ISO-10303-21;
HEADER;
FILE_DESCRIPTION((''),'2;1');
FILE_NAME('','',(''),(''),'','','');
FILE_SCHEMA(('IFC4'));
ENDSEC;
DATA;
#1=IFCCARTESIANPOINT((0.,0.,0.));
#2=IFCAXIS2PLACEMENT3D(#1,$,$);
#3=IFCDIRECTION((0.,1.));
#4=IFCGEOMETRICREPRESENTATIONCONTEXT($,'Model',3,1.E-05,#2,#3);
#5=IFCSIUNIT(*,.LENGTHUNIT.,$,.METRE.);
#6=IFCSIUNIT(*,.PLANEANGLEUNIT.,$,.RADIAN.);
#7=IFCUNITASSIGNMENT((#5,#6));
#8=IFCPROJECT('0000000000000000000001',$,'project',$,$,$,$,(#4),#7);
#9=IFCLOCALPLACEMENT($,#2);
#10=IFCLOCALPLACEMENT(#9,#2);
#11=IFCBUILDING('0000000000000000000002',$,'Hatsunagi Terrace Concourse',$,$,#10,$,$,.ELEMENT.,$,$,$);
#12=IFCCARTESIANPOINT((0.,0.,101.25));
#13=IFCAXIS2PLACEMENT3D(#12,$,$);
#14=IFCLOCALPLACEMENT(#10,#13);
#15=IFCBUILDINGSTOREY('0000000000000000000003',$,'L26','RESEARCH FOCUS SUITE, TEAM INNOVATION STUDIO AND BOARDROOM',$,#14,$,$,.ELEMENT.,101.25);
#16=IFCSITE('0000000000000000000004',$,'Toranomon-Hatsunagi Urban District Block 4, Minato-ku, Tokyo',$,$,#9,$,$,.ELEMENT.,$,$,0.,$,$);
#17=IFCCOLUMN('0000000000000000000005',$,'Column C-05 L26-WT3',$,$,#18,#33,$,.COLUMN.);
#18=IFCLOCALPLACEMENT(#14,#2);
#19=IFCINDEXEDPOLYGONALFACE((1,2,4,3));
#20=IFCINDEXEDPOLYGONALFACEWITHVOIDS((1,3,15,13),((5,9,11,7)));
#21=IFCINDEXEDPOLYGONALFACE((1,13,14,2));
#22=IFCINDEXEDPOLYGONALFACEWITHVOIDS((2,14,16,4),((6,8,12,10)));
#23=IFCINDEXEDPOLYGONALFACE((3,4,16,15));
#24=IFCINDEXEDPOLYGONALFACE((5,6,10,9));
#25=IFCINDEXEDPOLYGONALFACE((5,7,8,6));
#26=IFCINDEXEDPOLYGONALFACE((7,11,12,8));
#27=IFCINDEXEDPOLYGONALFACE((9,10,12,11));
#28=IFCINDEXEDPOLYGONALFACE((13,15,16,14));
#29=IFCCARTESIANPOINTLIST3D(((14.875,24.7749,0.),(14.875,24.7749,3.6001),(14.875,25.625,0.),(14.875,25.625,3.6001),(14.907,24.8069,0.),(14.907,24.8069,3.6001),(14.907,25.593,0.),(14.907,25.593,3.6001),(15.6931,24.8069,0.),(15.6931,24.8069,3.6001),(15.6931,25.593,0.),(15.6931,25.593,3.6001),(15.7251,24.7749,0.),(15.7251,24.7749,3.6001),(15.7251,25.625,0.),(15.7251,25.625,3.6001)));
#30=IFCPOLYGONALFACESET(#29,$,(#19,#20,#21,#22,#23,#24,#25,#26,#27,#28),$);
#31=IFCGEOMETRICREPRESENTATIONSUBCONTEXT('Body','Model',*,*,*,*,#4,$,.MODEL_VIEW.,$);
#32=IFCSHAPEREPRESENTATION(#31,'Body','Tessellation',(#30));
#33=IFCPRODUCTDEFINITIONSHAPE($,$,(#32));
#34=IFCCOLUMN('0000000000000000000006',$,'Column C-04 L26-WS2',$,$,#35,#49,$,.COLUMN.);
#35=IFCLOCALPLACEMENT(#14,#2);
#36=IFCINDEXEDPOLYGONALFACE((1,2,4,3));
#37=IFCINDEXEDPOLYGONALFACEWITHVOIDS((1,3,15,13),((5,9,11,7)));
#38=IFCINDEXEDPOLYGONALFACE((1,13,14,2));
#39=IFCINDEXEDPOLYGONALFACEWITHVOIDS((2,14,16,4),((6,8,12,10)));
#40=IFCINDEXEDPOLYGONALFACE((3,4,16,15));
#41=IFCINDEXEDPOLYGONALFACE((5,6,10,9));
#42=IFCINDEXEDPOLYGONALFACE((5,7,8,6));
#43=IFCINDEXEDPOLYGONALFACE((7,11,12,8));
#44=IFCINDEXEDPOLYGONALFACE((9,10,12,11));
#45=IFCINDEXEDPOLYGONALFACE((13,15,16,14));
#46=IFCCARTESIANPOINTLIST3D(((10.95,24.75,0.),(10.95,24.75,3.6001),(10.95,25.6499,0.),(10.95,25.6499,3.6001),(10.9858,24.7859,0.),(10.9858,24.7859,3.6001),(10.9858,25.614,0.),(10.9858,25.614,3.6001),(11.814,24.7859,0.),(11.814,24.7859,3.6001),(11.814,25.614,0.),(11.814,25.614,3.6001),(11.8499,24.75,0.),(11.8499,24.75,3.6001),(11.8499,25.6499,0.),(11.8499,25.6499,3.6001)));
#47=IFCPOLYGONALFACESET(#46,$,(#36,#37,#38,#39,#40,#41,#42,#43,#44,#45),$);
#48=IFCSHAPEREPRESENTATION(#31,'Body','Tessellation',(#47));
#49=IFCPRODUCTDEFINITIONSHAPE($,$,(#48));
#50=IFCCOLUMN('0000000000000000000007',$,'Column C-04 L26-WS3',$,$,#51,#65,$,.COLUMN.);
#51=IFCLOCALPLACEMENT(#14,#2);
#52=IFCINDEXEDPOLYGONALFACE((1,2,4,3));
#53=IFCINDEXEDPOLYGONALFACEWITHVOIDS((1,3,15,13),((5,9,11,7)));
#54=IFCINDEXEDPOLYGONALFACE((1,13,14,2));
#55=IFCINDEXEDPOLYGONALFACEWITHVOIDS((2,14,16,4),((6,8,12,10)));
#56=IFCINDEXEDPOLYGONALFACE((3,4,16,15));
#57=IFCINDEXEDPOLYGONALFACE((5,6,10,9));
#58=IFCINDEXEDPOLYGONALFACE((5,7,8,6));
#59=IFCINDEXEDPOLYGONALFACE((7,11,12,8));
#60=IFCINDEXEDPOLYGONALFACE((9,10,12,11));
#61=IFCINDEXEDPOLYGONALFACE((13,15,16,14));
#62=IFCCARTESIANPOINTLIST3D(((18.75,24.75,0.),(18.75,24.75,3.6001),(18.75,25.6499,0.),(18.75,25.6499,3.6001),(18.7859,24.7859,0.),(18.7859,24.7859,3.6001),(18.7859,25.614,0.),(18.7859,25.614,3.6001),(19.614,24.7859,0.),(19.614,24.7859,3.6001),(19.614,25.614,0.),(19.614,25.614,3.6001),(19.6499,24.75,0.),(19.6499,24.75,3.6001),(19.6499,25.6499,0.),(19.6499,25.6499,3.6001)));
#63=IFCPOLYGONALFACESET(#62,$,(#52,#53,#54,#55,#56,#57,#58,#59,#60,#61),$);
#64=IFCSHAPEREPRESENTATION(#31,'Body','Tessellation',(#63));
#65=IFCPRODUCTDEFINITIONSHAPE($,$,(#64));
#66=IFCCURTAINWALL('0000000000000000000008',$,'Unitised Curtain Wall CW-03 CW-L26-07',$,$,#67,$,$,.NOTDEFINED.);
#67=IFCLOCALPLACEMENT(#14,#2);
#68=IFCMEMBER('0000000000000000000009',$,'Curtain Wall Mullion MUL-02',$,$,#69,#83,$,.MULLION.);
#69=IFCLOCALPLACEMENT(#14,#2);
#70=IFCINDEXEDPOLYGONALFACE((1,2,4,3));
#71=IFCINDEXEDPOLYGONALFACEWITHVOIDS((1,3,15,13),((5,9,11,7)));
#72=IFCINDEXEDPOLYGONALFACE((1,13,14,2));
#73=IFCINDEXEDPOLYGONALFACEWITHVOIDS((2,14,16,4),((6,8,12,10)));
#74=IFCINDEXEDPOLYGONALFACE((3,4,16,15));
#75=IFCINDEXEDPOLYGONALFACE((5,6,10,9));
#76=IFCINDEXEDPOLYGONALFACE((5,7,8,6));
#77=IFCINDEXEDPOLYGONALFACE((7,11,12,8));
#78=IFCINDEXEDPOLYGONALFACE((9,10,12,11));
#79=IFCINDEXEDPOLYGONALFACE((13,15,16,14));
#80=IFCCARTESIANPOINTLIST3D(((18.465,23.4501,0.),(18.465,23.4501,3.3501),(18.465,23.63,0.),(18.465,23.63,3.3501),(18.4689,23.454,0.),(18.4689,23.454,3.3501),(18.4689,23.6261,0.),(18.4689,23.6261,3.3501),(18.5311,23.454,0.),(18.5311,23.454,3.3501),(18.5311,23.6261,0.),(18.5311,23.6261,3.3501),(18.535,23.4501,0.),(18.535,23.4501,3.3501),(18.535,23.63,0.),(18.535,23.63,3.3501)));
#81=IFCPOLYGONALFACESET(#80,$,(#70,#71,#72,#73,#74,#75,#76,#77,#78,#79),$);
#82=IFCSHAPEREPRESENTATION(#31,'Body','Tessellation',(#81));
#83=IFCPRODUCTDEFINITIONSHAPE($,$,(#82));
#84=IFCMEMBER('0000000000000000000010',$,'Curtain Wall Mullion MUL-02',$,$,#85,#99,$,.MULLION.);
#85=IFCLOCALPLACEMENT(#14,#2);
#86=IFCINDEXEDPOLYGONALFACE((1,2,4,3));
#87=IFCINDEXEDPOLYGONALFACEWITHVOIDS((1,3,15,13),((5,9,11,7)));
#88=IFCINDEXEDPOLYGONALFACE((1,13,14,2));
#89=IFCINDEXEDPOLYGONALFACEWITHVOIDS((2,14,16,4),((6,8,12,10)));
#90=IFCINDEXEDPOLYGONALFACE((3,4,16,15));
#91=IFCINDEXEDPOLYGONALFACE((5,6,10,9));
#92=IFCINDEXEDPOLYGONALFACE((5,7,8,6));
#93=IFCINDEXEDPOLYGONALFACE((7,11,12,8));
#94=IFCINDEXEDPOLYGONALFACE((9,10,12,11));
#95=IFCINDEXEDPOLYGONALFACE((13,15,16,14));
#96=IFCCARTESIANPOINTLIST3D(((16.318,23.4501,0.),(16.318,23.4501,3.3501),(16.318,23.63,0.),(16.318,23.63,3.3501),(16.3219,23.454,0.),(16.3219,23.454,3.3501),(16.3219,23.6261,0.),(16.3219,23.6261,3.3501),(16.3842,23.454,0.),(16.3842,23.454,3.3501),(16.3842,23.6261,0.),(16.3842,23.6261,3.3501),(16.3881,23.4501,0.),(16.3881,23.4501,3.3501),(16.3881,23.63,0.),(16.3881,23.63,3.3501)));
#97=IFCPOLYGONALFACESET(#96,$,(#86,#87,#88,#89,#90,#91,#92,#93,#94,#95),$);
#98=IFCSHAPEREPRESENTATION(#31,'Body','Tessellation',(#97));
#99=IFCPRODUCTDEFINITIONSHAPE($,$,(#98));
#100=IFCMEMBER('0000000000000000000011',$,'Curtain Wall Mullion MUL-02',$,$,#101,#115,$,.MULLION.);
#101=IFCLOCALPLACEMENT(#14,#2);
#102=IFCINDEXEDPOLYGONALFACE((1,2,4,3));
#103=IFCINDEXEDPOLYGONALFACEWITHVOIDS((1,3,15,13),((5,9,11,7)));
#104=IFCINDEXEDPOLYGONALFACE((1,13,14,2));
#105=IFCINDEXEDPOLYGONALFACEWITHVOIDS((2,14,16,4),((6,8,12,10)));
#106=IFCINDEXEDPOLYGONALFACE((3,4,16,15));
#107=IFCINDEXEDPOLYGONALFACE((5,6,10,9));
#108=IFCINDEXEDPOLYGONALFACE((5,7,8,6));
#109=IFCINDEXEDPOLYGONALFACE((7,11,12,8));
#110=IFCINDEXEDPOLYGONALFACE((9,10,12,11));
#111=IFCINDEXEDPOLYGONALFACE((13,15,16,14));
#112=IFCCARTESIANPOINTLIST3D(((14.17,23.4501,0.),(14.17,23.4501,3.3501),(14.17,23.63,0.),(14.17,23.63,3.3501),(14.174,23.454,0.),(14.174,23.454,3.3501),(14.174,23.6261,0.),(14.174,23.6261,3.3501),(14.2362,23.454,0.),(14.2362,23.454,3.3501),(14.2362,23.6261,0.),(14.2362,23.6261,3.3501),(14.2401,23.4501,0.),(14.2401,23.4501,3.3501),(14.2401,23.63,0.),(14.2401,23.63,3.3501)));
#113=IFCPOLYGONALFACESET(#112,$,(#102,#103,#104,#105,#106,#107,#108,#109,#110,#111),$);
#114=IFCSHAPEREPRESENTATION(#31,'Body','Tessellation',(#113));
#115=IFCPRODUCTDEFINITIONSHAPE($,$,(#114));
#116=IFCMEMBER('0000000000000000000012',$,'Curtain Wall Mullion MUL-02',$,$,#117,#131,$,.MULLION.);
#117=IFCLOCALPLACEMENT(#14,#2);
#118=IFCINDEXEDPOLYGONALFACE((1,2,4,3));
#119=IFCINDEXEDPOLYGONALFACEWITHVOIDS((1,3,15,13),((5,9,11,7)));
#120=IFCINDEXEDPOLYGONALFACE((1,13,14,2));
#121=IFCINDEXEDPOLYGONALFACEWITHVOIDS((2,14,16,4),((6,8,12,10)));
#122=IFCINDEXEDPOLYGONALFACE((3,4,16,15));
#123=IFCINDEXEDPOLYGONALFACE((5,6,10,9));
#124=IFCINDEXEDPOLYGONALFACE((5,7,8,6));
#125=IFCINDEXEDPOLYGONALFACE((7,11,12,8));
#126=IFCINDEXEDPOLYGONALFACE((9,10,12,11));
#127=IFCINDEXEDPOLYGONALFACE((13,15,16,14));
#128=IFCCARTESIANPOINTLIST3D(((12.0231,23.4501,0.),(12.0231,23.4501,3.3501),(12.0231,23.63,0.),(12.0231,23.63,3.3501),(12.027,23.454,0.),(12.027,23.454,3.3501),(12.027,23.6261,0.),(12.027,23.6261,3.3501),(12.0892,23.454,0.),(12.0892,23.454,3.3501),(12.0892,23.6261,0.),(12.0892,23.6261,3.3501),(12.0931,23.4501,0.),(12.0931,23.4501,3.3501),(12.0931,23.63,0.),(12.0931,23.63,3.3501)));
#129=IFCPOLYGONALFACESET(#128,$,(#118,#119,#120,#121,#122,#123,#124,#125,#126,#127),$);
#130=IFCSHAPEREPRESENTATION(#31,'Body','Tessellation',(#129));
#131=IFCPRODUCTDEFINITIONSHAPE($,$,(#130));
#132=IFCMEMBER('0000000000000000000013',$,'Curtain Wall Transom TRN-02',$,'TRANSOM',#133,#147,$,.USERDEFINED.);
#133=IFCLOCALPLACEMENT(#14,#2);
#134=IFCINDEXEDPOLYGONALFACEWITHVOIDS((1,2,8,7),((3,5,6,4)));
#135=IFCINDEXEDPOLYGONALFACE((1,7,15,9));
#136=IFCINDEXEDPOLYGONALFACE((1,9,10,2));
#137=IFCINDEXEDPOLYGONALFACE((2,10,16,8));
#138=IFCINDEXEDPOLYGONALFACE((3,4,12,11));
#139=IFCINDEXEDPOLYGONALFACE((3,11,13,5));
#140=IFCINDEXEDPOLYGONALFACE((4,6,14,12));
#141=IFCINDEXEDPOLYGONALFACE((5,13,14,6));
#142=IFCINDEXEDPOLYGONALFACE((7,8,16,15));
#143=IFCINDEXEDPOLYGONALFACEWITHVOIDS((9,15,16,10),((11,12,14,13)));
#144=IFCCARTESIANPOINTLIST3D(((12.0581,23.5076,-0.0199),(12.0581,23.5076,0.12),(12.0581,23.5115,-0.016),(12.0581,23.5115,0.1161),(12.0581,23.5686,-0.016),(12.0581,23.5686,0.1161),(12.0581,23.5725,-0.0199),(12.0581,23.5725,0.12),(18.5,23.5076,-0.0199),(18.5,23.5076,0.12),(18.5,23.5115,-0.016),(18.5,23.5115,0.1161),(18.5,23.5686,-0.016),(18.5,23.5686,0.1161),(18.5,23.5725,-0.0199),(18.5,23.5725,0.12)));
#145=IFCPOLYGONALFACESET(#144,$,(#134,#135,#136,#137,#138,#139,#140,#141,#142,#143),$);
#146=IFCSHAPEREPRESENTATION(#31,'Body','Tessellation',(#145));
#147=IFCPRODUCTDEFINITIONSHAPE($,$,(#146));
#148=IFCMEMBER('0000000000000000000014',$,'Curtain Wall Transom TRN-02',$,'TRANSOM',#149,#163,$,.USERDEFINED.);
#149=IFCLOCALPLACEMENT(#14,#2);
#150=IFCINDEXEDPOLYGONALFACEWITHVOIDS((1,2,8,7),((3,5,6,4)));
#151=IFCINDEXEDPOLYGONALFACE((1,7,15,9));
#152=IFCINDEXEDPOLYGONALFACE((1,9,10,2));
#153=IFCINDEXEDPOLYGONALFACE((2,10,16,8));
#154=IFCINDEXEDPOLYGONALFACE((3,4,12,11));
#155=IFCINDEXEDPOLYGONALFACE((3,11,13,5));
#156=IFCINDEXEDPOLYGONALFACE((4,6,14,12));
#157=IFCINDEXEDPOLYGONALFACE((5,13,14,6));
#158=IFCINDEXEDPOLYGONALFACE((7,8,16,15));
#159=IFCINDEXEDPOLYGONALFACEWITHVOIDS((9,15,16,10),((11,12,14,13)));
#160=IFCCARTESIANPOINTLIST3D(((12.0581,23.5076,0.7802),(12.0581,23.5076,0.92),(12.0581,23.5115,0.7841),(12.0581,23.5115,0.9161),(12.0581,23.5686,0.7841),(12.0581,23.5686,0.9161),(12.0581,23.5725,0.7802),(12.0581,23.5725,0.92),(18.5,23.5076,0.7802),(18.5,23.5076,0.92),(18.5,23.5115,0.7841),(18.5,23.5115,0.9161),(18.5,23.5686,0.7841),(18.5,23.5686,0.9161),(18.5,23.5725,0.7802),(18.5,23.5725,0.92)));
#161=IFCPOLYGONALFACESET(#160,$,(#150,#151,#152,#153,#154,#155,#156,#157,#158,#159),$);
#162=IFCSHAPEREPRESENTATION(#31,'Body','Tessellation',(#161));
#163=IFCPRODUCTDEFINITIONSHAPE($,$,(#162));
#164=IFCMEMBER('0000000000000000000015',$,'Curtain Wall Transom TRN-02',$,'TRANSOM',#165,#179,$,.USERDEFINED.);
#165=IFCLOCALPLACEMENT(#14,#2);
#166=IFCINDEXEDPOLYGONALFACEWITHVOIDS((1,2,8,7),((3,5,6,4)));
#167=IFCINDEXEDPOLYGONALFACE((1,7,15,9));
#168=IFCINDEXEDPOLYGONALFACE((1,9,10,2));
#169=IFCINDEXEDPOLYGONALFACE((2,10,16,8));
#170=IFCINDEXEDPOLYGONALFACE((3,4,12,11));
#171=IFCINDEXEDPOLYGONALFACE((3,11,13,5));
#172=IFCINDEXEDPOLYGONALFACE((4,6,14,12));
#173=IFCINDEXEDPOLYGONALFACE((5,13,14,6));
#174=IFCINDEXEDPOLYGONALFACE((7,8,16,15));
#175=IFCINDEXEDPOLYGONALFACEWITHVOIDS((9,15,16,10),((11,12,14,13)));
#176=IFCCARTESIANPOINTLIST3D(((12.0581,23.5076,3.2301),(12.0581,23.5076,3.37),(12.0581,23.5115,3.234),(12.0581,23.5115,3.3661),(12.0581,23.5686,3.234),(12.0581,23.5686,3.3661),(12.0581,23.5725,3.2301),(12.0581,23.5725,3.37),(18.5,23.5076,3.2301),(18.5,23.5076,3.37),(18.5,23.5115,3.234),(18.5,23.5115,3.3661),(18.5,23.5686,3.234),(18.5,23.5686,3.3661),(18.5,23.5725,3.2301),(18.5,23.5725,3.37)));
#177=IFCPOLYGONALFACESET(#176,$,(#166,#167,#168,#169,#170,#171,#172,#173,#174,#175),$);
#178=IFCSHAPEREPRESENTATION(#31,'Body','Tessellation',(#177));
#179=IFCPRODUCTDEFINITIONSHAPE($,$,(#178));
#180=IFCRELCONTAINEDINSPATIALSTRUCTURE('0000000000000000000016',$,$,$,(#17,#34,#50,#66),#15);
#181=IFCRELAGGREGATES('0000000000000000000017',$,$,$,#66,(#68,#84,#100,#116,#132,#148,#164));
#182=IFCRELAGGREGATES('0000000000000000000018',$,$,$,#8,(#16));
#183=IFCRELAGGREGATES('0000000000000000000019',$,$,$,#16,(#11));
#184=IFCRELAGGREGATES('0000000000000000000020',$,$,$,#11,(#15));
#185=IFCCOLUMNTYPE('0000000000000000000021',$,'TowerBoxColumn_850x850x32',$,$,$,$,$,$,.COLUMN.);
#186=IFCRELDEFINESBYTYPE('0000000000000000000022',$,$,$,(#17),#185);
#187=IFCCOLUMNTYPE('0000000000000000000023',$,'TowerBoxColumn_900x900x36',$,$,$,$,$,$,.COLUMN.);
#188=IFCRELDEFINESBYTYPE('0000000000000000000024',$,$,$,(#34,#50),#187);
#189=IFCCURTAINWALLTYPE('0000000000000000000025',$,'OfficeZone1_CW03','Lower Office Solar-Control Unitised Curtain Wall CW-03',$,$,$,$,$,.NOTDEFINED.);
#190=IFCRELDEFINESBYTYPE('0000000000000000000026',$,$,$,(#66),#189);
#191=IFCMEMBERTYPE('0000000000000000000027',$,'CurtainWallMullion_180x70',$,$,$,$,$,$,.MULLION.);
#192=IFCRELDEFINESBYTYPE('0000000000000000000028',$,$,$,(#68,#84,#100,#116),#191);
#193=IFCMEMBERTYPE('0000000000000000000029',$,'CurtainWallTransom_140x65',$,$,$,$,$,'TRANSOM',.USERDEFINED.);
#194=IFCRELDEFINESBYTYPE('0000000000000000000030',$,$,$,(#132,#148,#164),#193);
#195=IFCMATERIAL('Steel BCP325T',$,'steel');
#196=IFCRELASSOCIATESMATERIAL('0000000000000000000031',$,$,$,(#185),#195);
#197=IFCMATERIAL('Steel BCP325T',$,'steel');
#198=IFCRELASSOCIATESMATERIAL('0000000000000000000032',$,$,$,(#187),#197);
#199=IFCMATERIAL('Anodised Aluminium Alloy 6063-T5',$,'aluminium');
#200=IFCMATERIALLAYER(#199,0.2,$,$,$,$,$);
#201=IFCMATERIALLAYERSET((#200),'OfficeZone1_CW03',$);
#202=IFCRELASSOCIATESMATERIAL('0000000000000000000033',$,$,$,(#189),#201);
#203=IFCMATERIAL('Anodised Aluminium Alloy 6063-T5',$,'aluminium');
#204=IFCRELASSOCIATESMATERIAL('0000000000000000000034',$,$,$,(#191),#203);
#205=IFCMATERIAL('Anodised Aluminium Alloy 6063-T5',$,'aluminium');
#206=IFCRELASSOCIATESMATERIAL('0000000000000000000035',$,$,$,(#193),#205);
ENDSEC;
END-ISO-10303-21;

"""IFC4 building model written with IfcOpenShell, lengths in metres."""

from ifc_helpers import new_model, si_unit, direction, frame, origin, origin_2d, place, context, subcontext, project, spatial, hollow_rectangle, extrude, material, layer, layer_set, material_profile, profile_set, type_object, element, aggregate, save


model = new_model("IFC4")

# Units and contexts
model_context = context("Model", 3, precision=1e-05, world=origin(), true_north=direction((0.0, 1.0)))
body_context = subcontext(model_context, "Body", "Model", "MODEL_VIEW")
ifc_project = project(units=[si_unit("LENGTHUNIT", "METRE"), si_unit("PLANEANGLEUNIT", "RADIAN")], contexts=[model_context])

# Site, building, storey
site_placement = place(None, origin())
site = spatial("IfcSite", under=ifc_project, at=site_placement, Name="Toranomon-Hatsunagi Urban District Block 4, Minato-ku, Tokyo", CompositionType="ELEMENT", RefElevation=0.0)
building_placement = place(site_placement, origin())
building = spatial("IfcBuilding", under=site, at=building_placement, Name="Hatsunagi Terrace Concourse", CompositionType="ELEMENT")
storey_placement = place(building_placement, frame((0.0, 0.0, 101.25)))
storey = spatial("IfcBuildingStorey", under=building, at=storey_placement, Name="L26", Description="RESEARCH FOCUS SUITE, TEAM INNOVATION STUDIO AND BOARDROOM", CompositionType="ELEMENT", Elevation=101.25)

# Columns
ifc_material_1 = material(Name="Steel BCP325T", Category="steel")
ifc_material_profile_1 = material_profile(ifc_material_1, hollow_rectangle(XDim=0.8501, YDim=0.8501, WallThickness=0.032, at=origin_2d()), Name="BCP-850x850x32")
ifc_profile_set_1 = profile_set([ifc_material_profile_1], Name="Steel BCP325T")
column_type_1 = type_object("IfcColumnType", Name="TowerBoxColumn_850x850x32", PredefinedType="COLUMN", material=ifc_profile_set_1)
column_placement = place(storey_placement, frame((15.3, 25.2, 0.0), z_axis=(0.0, 0.0, 1.0), x_axis=(1.0, 0.0, 0.0)))
element("IfcColumn", 1, at=column_placement, inside=storey, type_object=column_type_1, Name="Column C-05 L26-WT3", PredefinedType="COLUMN", context=body_context, shape_type="SweptSolid", body=[
    extrude(hollow_rectangle(XDim=0.8501, YDim=0.8501, WallThickness=0.032, at=origin_2d()), origin(), (0.0, 0.0, 1.0), 3.6001),
])
ifc_material_2 = material(Name="Steel BCP325T", Category="steel")
ifc_material_profile_2 = material_profile(ifc_material_2, hollow_rectangle(XDim=0.8999, YDim=0.8999, WallThickness=0.0359, at=origin_2d()), Name="BCP-900x900x36")
ifc_profile_set_2 = profile_set([ifc_material_profile_2], Name="Steel BCP325T")
column_type_2 = type_object("IfcColumnType", Name="TowerBoxColumn_900x900x36", PredefinedType="COLUMN", material=ifc_profile_set_2)
for number, where, z_axis, x_axis, name in (
    (2, (11.3999, 25.2, 0.0), (0.0, 0.0, 1.0), (1.0, 0.0, 0.0), "Column C-04 L26-WS2"),
    (3, (19.2, 25.2, 0.0), (0.0, 0.0, 1.0), (1.0, 0.0, 0.0), "Column C-04 L26-WS3"),
):
    element("IfcColumn", number, at=place(storey_placement, frame(where, z_axis=z_axis, x_axis=x_axis)), inside=storey, type_object=column_type_2, Name=name, PredefinedType="COLUMN", context=body_context, shape_type="SweptSolid", body=[
        extrude(hollow_rectangle(XDim=0.8999, YDim=0.8999, WallThickness=0.0359, at=origin_2d()), origin(), (0.0, 0.0, 1.0), 3.6001),
    ])

# Curtain wall, members
ifc_material_3 = material(Name="Anodised Aluminium Alloy 6063-T5", Category="aluminium")
ifc_layer_1 = layer(ifc_material_3, 0.2)
ifc_layer_set_1 = layer_set([ifc_layer_1], Name="OfficeZone1_CW03")
curtain_wall_type = type_object("IfcCurtainWallType", Name="OfficeZone1_CW03", Description="Lower Office Solar-Control Unitised Curtain Wall CW-03", PredefinedType="NOTDEFINED", material=ifc_layer_set_1)
curtain_wall_placement = place(storey_placement, origin())
curtain_wall = element("IfcCurtainWall", 4, at=curtain_wall_placement, inside=storey, type_object=curtain_wall_type, Name="Unitised Curtain Wall CW-03 CW-L26-07", PredefinedType="NOTDEFINED")
ifc_material_4 = material(Name="Anodised Aluminium Alloy 6063-T5", Category="aluminium")
ifc_material_profile_3 = material_profile(ifc_material_4, hollow_rectangle(XDim=0.0701, YDim=0.1799, WallThickness=0.0039, at=origin_2d()), Name="ALU-MUL-180x70x4")
ifc_profile_set_3 = profile_set([ifc_material_profile_3], Name="Anodised Aluminium Alloy 6063-T5")
member_type_1 = type_object("IfcMemberType", Name="CurtainWallMullion_180x70", PredefinedType="MULLION", material=ifc_profile_set_3)
member_1_placement = place(storey_placement, frame((18.5, 23.54, 0.0), z_axis=(0.0, 0.0, 1.0), x_axis=(-1.0, 0.0, 0.0)))
member_1 = element("IfcMember", 5, at=member_1_placement, type_object=member_type_1, Name="Curtain Wall Mullion MUL-02", PredefinedType="MULLION", context=body_context, shape_type="SweptSolid", body=[
    extrude(hollow_rectangle(XDim=0.0701, YDim=0.1799, WallThickness=0.0039, at=origin_2d()), origin(), (0.0, 0.0, 1.0), 3.3501),
])
member_2_placement = place(storey_placement, frame((16.353, 23.54, 0.0), z_axis=(0.0, 0.0, 1.0), x_axis=(-1.0, 0.0, 0.0)))
member_2 = element("IfcMember", 6, at=member_2_placement, type_object=member_type_1, Name="Curtain Wall Mullion MUL-02", PredefinedType="MULLION", context=body_context, shape_type="SweptSolid", body=[
    extrude(hollow_rectangle(XDim=0.0701, YDim=0.1799, WallThickness=0.0039, at=origin_2d()), origin(), (0.0, 0.0, 1.0), 3.3501),
])
member_3_placement = place(storey_placement, frame((14.2051, 23.54, 0.0), z_axis=(0.0, 0.0, 1.0), x_axis=(-1.0, 0.0, 0.0)))
member_3 = element("IfcMember", 7, at=member_3_placement, type_object=member_type_1, Name="Curtain Wall Mullion MUL-02", PredefinedType="MULLION", context=body_context, shape_type="SweptSolid", body=[
    extrude(hollow_rectangle(XDim=0.0701, YDim=0.1799, WallThickness=0.0039, at=origin_2d()), origin(), (0.0, 0.0, 1.0), 3.3501),
])
member_4_placement = place(storey_placement, frame((12.0581, 23.54, 0.0), z_axis=(0.0, 0.0, 1.0), x_axis=(-1.0, 0.0, 0.0)))
member_4 = element("IfcMember", 8, at=member_4_placement, type_object=member_type_1, Name="Curtain Wall Mullion MUL-02", PredefinedType="MULLION", context=body_context, shape_type="SweptSolid", body=[
    extrude(hollow_rectangle(XDim=0.0701, YDim=0.1799, WallThickness=0.0039, at=origin_2d()), origin(), (0.0, 0.0, 1.0), 3.3501),
])
ifc_material_5 = material(Name="Anodised Aluminium Alloy 6063-T5", Category="aluminium")
ifc_material_profile_4 = material_profile(ifc_material_5, hollow_rectangle(XDim=0.0649, YDim=0.1399, WallThickness=0.0039, at=origin_2d()), Name="ALU-TRN-140x65x4")
ifc_profile_set_4 = profile_set([ifc_material_profile_4], Name="Anodised Aluminium Alloy 6063-T5")
member_type_2 = type_object("IfcMemberType", Name="CurtainWallTransom_140x65", ElementType="TRANSOM", PredefinedType="USERDEFINED", material=ifc_profile_set_4)
member_5_placement = place(storey_placement, frame((18.5, 23.54, 0.05), z_axis=(-1.0, 0.0, 0.0), x_axis=(0.0, -1.0, 0.0)))
member_5 = element("IfcMember", 9, at=member_5_placement, type_object=member_type_2, Name="Curtain Wall Transom TRN-02", ObjectType="TRANSOM", PredefinedType="USERDEFINED", context=body_context, shape_type="SweptSolid", body=[
    extrude(hollow_rectangle(XDim=0.0649, YDim=0.1399, WallThickness=0.0039, at=origin_2d()), origin(), (0.0, 0.0, 1.0), 6.4419),
])
member_6_placement = place(storey_placement, frame((18.5, 23.54, 0.8501), z_axis=(-1.0, 0.0, 0.0), x_axis=(0.0, -1.0, 0.0)))
member_6 = element("IfcMember", 10, at=member_6_placement, type_object=member_type_2, Name="Curtain Wall Transom TRN-02", ObjectType="TRANSOM", PredefinedType="USERDEFINED", context=body_context, shape_type="SweptSolid", body=[
    extrude(hollow_rectangle(XDim=0.0649, YDim=0.1399, WallThickness=0.0039, at=origin_2d()), origin(), (0.0, 0.0, 1.0), 6.4419),
])
member_7_placement = place(storey_placement, frame((18.5, 23.54, 3.3), z_axis=(-1.0, 0.0, 0.0), x_axis=(0.0, -1.0, 0.0)))
member_7 = element("IfcMember", 11, at=member_7_placement, type_object=member_type_2, Name="Curtain Wall Transom TRN-02", ObjectType="TRANSOM", PredefinedType="USERDEFINED", context=body_context, shape_type="SweptSolid", body=[
    extrude(hollow_rectangle(XDim=0.0649, YDim=0.1399, WallThickness=0.0039, at=origin_2d()), origin(), (0.0, 0.0, 1.0), 6.4419),
])

aggregate(curtain_wall, [member_1, member_2, member_3, member_4, member_5, member_6, member_7])

save(model, "model.ifc")
